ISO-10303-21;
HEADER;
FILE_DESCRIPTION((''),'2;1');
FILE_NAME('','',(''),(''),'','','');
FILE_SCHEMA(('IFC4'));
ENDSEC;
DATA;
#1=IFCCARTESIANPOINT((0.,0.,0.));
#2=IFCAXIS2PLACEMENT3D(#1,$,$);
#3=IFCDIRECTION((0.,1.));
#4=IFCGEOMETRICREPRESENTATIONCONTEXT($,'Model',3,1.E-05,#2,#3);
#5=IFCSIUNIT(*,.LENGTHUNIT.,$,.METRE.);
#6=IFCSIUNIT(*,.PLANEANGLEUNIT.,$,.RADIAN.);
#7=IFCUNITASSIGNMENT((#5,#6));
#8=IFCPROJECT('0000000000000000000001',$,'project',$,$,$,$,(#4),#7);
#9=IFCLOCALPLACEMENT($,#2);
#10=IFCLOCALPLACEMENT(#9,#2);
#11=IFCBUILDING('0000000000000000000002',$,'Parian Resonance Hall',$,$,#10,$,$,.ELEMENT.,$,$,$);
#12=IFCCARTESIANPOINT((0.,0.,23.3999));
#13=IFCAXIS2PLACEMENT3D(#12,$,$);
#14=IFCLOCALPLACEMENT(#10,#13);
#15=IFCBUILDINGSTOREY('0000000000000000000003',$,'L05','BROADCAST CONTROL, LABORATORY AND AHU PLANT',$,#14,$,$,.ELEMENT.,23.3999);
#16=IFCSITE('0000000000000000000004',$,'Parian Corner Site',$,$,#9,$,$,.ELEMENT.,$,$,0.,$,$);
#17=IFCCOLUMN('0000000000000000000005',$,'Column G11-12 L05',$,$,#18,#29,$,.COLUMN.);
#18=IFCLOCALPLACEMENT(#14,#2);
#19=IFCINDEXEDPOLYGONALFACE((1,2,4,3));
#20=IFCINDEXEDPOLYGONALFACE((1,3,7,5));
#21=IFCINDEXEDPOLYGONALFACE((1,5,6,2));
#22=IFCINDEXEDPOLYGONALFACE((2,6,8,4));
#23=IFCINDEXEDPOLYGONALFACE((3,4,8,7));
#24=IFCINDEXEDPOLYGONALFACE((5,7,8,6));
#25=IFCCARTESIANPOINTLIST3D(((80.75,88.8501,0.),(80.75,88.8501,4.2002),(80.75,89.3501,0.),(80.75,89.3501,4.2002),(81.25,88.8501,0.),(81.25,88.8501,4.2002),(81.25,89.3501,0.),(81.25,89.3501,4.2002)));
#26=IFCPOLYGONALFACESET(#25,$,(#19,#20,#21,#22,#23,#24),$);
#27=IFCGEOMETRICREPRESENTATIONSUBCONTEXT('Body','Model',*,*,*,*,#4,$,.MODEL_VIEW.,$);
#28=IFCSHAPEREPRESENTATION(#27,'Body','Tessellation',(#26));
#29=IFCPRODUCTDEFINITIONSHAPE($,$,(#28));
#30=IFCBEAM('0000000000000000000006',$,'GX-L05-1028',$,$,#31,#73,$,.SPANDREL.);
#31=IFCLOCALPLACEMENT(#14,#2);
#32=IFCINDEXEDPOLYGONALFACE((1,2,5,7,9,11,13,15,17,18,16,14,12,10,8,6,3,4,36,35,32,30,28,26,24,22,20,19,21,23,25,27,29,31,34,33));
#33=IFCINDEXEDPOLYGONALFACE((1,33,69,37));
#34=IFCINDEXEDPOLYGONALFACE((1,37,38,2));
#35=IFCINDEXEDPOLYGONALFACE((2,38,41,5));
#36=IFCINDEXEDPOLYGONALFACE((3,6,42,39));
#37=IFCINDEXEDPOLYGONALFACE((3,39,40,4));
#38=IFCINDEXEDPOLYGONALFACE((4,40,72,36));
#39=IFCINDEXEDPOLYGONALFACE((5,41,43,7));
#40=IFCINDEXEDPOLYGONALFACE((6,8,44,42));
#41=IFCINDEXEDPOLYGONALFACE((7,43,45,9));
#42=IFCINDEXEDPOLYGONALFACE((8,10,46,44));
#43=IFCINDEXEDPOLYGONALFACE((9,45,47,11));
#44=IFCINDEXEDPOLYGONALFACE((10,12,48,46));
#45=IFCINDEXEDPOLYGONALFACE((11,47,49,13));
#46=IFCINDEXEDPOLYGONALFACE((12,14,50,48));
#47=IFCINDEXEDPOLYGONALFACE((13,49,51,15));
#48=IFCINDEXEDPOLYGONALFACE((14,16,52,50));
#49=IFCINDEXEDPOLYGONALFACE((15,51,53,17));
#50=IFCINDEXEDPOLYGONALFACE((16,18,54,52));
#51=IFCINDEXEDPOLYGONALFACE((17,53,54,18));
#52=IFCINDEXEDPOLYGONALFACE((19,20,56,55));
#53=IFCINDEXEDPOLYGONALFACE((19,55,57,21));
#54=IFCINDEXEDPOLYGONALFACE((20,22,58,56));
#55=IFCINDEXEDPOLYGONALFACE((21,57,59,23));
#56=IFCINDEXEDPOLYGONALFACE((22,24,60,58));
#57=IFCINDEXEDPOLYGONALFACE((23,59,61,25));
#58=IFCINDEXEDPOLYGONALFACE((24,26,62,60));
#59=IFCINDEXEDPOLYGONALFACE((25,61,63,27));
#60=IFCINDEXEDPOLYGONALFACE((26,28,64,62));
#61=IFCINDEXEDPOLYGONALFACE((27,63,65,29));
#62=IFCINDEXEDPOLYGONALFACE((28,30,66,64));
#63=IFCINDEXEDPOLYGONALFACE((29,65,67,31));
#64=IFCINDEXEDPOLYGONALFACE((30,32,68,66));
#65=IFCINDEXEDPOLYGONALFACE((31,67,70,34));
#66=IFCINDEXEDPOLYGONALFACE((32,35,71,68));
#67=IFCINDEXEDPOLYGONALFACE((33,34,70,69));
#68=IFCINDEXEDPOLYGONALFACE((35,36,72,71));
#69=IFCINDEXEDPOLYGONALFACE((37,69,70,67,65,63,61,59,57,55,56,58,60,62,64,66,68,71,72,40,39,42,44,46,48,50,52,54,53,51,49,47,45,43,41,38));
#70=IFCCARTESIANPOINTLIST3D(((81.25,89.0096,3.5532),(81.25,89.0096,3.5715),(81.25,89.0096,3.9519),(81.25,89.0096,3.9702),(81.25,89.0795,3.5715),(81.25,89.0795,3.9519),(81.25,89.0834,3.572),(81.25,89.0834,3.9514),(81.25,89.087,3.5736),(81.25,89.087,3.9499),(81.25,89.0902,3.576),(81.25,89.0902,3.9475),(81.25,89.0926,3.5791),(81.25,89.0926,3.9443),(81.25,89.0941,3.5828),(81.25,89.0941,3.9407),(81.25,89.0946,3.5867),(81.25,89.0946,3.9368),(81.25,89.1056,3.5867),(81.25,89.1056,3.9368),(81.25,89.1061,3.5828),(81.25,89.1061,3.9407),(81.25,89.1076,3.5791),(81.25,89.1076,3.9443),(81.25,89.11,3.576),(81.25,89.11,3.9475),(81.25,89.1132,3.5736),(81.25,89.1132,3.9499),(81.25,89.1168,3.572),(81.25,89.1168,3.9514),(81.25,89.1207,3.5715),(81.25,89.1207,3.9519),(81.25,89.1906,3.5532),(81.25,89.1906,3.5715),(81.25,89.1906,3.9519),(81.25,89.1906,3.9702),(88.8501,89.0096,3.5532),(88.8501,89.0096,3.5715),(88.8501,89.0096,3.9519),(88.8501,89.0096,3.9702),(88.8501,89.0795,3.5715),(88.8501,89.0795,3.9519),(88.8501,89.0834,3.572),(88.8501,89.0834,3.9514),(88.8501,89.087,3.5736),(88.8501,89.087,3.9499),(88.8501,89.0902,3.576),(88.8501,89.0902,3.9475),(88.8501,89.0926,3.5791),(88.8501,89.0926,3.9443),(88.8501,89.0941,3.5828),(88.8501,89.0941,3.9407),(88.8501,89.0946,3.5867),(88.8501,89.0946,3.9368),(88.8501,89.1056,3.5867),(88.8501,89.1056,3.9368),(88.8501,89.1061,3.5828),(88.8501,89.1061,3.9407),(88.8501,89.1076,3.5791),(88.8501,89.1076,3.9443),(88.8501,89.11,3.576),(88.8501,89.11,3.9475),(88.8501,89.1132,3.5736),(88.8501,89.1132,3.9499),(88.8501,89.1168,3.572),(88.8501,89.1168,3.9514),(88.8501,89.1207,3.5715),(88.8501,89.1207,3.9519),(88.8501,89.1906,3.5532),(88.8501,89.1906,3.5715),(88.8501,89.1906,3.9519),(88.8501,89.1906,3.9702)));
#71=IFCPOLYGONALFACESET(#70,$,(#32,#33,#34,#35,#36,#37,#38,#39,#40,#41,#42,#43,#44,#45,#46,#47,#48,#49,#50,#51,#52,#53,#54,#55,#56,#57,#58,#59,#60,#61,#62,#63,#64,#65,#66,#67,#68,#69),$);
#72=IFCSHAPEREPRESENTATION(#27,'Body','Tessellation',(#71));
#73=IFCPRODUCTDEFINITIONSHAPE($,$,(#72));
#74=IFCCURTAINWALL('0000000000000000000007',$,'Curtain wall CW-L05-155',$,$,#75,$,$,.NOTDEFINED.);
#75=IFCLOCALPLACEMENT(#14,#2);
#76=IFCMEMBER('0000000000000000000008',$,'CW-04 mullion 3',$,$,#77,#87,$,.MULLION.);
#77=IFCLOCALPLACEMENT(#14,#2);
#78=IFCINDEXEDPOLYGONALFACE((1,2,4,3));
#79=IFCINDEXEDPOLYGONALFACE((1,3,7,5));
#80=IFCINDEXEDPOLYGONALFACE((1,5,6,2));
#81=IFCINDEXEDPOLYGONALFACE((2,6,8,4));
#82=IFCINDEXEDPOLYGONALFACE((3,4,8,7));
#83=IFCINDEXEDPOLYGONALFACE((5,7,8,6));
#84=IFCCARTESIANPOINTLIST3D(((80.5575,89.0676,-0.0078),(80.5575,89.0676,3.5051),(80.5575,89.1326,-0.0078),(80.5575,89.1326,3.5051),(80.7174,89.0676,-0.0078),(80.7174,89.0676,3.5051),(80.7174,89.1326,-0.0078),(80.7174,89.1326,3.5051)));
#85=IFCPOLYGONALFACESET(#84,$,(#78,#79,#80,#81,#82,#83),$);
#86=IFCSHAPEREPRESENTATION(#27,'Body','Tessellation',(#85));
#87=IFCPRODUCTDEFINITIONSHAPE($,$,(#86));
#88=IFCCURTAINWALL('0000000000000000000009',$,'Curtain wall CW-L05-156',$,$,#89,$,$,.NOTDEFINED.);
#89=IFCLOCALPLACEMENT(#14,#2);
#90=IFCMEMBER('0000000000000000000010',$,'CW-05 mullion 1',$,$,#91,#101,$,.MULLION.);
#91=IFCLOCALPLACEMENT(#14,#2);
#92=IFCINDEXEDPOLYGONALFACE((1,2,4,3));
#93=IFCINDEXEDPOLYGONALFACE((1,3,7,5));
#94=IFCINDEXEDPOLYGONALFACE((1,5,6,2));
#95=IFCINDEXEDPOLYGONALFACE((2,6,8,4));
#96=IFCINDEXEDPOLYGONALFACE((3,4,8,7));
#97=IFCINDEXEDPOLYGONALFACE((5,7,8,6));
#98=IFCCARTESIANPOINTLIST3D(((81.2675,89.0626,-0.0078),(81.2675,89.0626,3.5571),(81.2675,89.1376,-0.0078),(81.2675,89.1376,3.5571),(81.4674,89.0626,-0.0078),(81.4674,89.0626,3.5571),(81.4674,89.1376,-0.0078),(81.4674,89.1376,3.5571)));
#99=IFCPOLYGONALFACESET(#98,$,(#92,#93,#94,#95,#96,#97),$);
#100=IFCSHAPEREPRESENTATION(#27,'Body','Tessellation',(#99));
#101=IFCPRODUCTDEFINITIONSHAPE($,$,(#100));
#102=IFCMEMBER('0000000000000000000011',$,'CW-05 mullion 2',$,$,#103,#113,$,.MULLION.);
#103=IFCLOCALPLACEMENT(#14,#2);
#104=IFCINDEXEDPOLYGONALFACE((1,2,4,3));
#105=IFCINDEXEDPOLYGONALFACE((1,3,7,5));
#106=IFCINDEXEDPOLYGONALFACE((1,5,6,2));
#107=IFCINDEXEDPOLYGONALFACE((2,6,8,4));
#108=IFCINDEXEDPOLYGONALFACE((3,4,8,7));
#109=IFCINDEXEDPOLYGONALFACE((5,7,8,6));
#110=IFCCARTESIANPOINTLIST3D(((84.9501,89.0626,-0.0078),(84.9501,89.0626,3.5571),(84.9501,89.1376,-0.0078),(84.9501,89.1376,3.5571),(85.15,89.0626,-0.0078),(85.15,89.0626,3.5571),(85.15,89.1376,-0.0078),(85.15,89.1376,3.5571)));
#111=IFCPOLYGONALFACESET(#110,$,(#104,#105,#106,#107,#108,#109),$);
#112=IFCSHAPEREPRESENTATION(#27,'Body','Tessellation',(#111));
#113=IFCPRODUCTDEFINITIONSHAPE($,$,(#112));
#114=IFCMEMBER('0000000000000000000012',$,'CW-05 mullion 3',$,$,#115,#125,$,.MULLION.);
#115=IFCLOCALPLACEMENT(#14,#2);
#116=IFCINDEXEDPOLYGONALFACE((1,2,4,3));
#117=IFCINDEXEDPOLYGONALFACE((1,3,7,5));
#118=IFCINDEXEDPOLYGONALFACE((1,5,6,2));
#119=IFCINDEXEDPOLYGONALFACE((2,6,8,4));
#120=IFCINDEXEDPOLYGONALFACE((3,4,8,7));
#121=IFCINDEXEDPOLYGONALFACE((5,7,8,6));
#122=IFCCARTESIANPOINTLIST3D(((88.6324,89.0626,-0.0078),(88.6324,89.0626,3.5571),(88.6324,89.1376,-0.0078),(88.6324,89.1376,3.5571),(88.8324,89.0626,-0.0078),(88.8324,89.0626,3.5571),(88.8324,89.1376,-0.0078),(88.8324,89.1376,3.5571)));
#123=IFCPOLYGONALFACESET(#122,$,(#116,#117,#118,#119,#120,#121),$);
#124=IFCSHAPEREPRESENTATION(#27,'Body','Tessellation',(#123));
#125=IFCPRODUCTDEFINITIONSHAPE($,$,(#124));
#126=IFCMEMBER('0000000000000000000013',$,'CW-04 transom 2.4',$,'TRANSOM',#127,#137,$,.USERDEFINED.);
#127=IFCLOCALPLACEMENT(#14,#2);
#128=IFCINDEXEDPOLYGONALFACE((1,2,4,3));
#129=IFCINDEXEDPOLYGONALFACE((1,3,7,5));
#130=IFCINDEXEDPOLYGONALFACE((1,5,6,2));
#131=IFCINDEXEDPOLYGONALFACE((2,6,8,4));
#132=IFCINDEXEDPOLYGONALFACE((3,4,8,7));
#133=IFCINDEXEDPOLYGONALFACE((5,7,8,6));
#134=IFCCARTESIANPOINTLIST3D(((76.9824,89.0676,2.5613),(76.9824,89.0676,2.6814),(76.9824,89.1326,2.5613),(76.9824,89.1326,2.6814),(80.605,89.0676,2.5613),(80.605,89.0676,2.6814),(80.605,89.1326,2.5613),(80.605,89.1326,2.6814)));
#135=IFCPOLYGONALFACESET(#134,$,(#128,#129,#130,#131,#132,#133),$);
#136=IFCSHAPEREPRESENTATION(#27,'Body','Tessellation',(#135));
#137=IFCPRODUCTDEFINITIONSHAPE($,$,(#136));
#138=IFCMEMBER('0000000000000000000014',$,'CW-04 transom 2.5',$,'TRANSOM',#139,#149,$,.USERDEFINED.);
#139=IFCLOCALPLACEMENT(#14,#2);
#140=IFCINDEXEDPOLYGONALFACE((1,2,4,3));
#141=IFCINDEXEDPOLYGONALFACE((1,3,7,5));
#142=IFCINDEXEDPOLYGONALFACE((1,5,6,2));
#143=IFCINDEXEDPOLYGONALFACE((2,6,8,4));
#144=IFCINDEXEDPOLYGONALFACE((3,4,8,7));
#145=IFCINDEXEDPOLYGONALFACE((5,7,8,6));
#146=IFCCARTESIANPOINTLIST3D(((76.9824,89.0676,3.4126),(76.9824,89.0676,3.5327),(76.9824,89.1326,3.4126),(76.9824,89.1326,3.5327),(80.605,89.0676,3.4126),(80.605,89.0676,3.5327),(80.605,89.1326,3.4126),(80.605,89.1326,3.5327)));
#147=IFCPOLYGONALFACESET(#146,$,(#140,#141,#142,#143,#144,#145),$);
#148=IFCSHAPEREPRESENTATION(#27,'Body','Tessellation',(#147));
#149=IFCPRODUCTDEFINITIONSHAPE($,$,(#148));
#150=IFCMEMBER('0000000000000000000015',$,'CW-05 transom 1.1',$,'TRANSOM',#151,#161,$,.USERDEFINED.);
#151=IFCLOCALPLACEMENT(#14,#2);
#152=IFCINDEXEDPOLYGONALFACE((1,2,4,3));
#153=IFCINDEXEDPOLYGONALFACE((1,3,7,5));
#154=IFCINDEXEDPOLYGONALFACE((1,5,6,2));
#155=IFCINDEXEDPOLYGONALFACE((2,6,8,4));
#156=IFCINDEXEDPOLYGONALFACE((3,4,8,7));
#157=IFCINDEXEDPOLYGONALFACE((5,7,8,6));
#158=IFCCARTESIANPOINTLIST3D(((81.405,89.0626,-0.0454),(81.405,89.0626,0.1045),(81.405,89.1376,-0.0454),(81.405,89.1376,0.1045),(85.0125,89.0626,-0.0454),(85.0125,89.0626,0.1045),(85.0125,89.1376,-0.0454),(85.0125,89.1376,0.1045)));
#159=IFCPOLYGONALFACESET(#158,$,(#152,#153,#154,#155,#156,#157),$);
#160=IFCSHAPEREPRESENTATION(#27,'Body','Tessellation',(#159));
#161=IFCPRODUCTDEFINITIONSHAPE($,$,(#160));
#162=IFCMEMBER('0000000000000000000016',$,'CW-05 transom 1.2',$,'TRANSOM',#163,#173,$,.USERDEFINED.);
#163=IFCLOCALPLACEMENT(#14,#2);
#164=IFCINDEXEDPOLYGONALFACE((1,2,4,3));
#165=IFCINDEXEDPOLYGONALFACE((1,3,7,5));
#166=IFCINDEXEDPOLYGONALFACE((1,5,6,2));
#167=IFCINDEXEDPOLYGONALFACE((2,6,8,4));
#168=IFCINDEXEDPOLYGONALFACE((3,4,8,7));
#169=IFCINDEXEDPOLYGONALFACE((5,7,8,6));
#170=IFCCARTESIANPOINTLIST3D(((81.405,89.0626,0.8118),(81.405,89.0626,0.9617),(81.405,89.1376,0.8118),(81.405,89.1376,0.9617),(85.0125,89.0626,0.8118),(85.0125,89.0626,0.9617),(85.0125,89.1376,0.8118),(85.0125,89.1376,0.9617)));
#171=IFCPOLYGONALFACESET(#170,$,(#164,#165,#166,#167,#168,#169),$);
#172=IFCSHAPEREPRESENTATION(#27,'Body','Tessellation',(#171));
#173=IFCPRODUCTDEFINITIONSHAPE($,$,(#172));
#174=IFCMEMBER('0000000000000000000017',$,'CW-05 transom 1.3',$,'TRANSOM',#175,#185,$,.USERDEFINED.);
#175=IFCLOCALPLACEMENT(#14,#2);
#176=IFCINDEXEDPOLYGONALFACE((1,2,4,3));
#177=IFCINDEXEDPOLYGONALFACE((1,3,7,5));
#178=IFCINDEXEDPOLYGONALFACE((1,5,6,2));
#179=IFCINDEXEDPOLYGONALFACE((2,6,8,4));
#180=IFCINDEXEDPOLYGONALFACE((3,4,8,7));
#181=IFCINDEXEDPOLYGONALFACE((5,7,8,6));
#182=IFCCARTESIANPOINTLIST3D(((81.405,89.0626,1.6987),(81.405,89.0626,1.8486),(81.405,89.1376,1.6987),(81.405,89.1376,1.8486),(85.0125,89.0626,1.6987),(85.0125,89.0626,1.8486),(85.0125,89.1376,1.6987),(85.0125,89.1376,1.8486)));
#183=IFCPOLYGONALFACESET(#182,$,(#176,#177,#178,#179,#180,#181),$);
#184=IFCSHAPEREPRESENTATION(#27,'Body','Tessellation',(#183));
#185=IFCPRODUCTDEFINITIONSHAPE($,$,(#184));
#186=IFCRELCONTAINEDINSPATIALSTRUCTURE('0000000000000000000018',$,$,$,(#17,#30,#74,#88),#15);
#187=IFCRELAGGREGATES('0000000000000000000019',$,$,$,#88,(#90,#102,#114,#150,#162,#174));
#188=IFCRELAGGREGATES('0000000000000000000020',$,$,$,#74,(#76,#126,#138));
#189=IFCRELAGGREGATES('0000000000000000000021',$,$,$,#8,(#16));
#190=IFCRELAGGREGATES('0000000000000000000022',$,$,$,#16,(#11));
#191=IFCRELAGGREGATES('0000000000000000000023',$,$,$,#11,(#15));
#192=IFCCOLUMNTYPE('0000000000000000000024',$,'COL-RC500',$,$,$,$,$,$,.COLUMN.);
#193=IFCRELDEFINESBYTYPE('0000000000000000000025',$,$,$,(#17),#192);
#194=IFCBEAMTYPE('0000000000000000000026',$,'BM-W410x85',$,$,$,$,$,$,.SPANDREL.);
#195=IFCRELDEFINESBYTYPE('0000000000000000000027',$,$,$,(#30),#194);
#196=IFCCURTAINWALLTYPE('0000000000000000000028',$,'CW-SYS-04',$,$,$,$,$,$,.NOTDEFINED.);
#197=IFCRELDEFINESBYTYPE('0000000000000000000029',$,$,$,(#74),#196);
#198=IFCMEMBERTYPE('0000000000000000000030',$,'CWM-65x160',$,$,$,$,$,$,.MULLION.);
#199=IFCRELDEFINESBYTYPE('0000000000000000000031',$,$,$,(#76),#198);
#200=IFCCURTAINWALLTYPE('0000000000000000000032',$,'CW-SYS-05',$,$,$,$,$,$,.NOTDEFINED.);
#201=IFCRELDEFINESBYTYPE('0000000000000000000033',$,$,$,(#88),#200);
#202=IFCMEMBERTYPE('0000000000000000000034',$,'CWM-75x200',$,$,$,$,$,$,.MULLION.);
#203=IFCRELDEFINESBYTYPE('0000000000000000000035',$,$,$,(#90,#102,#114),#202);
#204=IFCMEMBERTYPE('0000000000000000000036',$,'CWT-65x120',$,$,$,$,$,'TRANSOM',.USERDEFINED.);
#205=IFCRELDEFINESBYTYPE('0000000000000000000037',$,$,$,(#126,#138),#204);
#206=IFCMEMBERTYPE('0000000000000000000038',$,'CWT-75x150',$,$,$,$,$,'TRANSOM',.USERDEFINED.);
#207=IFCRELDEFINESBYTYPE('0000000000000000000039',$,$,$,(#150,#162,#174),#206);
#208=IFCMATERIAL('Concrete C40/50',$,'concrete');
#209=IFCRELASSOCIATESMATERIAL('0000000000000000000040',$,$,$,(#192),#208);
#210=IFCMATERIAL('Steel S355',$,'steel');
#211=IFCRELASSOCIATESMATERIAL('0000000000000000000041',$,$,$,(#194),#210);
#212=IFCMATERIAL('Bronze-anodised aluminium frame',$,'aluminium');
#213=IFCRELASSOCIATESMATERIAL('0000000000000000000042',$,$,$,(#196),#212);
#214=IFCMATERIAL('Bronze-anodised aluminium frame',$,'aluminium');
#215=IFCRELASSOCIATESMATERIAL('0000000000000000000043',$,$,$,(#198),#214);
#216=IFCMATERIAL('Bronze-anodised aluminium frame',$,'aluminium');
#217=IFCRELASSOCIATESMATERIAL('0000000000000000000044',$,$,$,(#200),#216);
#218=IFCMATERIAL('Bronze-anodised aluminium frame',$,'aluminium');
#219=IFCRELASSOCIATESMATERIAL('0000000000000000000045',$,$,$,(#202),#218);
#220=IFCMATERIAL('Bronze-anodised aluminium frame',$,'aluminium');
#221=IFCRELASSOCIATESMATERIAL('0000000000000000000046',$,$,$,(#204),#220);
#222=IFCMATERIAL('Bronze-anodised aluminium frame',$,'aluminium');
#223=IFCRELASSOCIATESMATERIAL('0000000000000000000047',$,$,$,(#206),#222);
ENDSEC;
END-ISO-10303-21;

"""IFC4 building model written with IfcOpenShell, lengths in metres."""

from ifc_helpers import new_model, si_unit, direction, frame, origin, origin_2d, place, context, subcontext, project, spatial, rectangle, i_section, extrude, material, material_profile, profile_set, type_object, element, aggregate, save


model = new_model("IFC4")

# Units and contexts
model_context = context("Model", 3, precision=1e-05, world=origin(), true_north=direction((0.0, 1.0)))
body_context = subcontext(model_context, "Body", "Model", "MODEL_VIEW")
ifc_project = project(units=[si_unit("LENGTHUNIT", "METRE"), si_unit("PLANEANGLEUNIT", "RADIAN")], contexts=[model_context])

# Site, building, storey
site_placement = place(None, origin())
site = spatial("IfcSite", under=ifc_project, at=site_placement, Name="Parian Corner Site", CompositionType="ELEMENT", RefElevation=0.0)
building_placement = place(site_placement, origin())
building = spatial("IfcBuilding", under=site, at=building_placement, Name="Parian Resonance Hall", CompositionType="ELEMENT")
storey_placement = place(building_placement, frame((0.0, 0.0, 23.3999)))
storey = spatial("IfcBuildingStorey", under=building, at=storey_placement, Name="L05", Description="BROADCAST CONTROL, LABORATORY AND AHU PLANT", CompositionType="ELEMENT", Elevation=23.3999)

# Column
ifc_material_1 = material(Name="Concrete C40/50", Category="concrete")
ifc_material_profile_1 = material_profile(ifc_material_1, rectangle(XDim=0.5, YDim=0.5, at=origin_2d()), Name="RC-COL-500x500")
ifc_profile_set_1 = profile_set([ifc_material_profile_1], Name="Concrete C40/50")
column_type = type_object("IfcColumnType", Name="COL-RC500", PredefinedType="COLUMN", material=ifc_profile_set_1)
column_placement = place(storey_placement, frame((81.0, 89.1001, 0.0), z_axis=(0.0, 0.0, 1.0), x_axis=(1.0, 0.0, 0.0)))
element("IfcColumn", 1, at=column_placement, inside=storey, type_object=column_type, Name="Column G11-12 L05", PredefinedType="COLUMN", context=body_context, shape_type="SweptSolid", body=[
    extrude(rectangle(XDim=0.5, YDim=0.5, at=origin_2d()), origin(), (0.0, 0.0, 1.0), 4.2002),
])

# Beam
ifc_material_2 = material(Name="Steel S355", Category="steel")
ifc_material_profile_2 = material_profile(ifc_material_2, i_section(OverallWidth=0.1809, OverallDepth=0.417, WebThickness=0.011, FlangeThickness=0.0183, FilletRadius=0.0151, at=origin_2d()), Name="W410x85")
ifc_profile_set_2 = profile_set([ifc_material_profile_2], Name="Steel S355")
beam_type = type_object("IfcBeamType", Name="BM-W410x85", PredefinedType="SPANDREL", material=ifc_profile_set_2)
beam_placement = place(storey_placement, frame((81.25, 89.1001, 3.7617), z_axis=(1.0, 0.0, 0.0), x_axis=(0.0, 1.0, 0.0)))
element("IfcBeam", 2, at=beam_placement, inside=storey, type_object=beam_type, Name="GX-L05-1028", PredefinedType="SPANDREL", context=body_context, shape_type="SweptSolid", body=[
    extrude(i_section(OverallWidth=0.1809, OverallDepth=0.417, WebThickness=0.011, FlangeThickness=0.0183, FilletRadius=0.0151, at=origin_2d()), origin(), (0.0, 0.0, 1.0), 7.6001),
])

# Curtain wall, member
ifc_material_3 = material(Name="Bronze-anodised aluminium frame", Category="aluminium")
curtain_wall_type_1 = type_object("IfcCurtainWallType", Name="CW-SYS-04", PredefinedType="NOTDEFINED", material=ifc_material_3)
curtain_wall_1_placement = place(storey_placement, origin())
curtain_wall_1 = element("IfcCurtainWall", 3, at=curtain_wall_1_placement, inside=storey, type_object=curtain_wall_type_1, Name="Curtain wall CW-L05-155", PredefinedType="NOTDEFINED")
ifc_material_4 = material(Name="Bronze-anodised aluminium frame", Category="aluminium")
ifc_material_profile_3 = material_profile(ifc_material_4, rectangle(XDim=0.0649, YDim=0.1599, at=origin_2d()), Name="CWM-65x160")
ifc_profile_set_3 = profile_set([ifc_material_profile_3], Name="Bronze-anodised aluminium frame")
member_type_1 = type_object("IfcMemberType", Name="CWM-65x160", PredefinedType="MULLION", material=ifc_profile_set_3)
member_1_placement = place(storey_placement, frame((80.6375, 89.1001, -0.0078), z_axis=(0.0, 0.0, 1.0), x_axis=(0.0, 1.0, 0.0)))
member_1 = element("IfcMember", 4, at=member_1_placement, type_object=member_type_1, Name="CW-04 mullion 3", PredefinedType="MULLION", context=body_context, shape_type="SweptSolid", body=[
    extrude(rectangle(XDim=0.0649, YDim=0.1599, at=origin_2d()), origin(), (0.0, 0.0, 1.0), 3.5129),
])

# Curtain wall, members
ifc_material_5 = material(Name="Bronze-anodised aluminium frame", Category="aluminium")
curtain_wall_type_2 = type_object("IfcCurtainWallType", Name="CW-SYS-05", PredefinedType="NOTDEFINED", material=ifc_material_5)
curtain_wall_2_placement = place(storey_placement, origin())
curtain_wall_2 = element("IfcCurtainWall", 5, at=curtain_wall_2_placement, inside=storey, type_object=curtain_wall_type_2, Name="Curtain wall CW-L05-156", PredefinedType="NOTDEFINED")
ifc_material_6 = material(Name="Bronze-anodised aluminium frame", Category="aluminium")
ifc_material_profile_4 = material_profile(ifc_material_6, rectangle(XDim=0.075, YDim=0.2, at=origin_2d()), Name="CWM-75x200")
ifc_profile_set_4 = profile_set([ifc_material_profile_4], Name="Bronze-anodised aluminium frame")
member_type_2 = type_object("IfcMemberType", Name="CWM-75x200", PredefinedType="MULLION", material=ifc_profile_set_4)
member_2_placement = place(storey_placement, frame((81.3674, 89.1001, -0.0078), z_axis=(0.0, 0.0, 1.0), x_axis=(0.0, 1.0, 0.0)))
member_2 = element("IfcMember", 6, at=member_2_placement, type_object=member_type_2, Name="CW-05 mullion 1", PredefinedType="MULLION", context=body_context, shape_type="SweptSolid", body=[
    extrude(rectangle(XDim=0.075, YDim=0.2, at=origin_2d()), origin(), (0.0, 0.0, 1.0), 3.5649),
])
member_3_placement = place(storey_placement, frame((85.05, 89.1001, -0.0078), z_axis=(0.0, 0.0, 1.0), x_axis=(0.0, 1.0, 0.0)))
member_3 = element("IfcMember", 7, at=member_3_placement, type_object=member_type_2, Name="CW-05 mullion 2", PredefinedType="MULLION", context=body_context, shape_type="SweptSolid", body=[
    extrude(rectangle(XDim=0.075, YDim=0.2, at=origin_2d()), origin(), (0.0, 0.0, 1.0), 3.5649),
])
member_4_placement = place(storey_placement, frame((88.7324, 89.1001, -0.0078), z_axis=(0.0, 0.0, 1.0), x_axis=(0.0, 1.0, 0.0)))
member_4 = element("IfcMember", 8, at=member_4_placement, type_object=member_type_2, Name="CW-05 mullion 3", PredefinedType="MULLION", context=body_context, shape_type="SweptSolid", body=[
    extrude(rectangle(XDim=0.075, YDim=0.2, at=origin_2d()), origin(), (0.0, 0.0, 1.0), 3.5649),
])

# Members
ifc_material_7 = material(Name="Bronze-anodised aluminium frame", Category="aluminium")
ifc_material_profile_5 = material_profile(ifc_material_7, rectangle(XDim=0.0649, YDim=0.1201, at=origin_2d()), Name="CWT-65x120")
ifc_profile_set_5 = profile_set([ifc_material_profile_5], Name="Bronze-anodised aluminium frame")
member_type_3 = type_object("IfcMemberType", Name="CWT-65x120", ElementType="TRANSOM", PredefinedType="USERDEFINED", material=ifc_profile_set_5)
member_5_placement = place(storey_placement, frame((76.9824, 89.1001, 2.6213), z_axis=(1.0, 0.0, 0.0), x_axis=(0.0, 1.0, 0.0)))
member_5 = element("IfcMember", 9, at=member_5_placement, type_object=member_type_3, Name="CW-04 transom 2.4", ObjectType="TRANSOM", PredefinedType="USERDEFINED", context=body_context, shape_type="SweptSolid", body=[
    extrude(rectangle(XDim=0.0649, YDim=0.1201, at=origin_2d()), origin(), (0.0, 0.0, 1.0), 3.6226),
])
member_6_placement = place(storey_placement, frame((76.9824, 89.1001, 3.4727), z_axis=(1.0, 0.0, 0.0), x_axis=(0.0, 1.0, 0.0)))
member_6 = element("IfcMember", 10, at=member_6_placement, type_object=member_type_3, Name="CW-04 transom 2.5", ObjectType="TRANSOM", PredefinedType="USERDEFINED", context=body_context, shape_type="SweptSolid", body=[
    extrude(rectangle(XDim=0.0649, YDim=0.1201, at=origin_2d()), origin(), (0.0, 0.0, 1.0), 3.6226),
])
ifc_material_8 = material(Name="Bronze-anodised aluminium frame", Category="aluminium")
ifc_material_profile_6 = material_profile(ifc_material_8, rectangle(XDim=0.075, YDim=0.1499, at=origin_2d()), Name="CWT-75x150")
ifc_profile_set_6 = profile_set([ifc_material_profile_6], Name="Bronze-anodised aluminium frame")
member_type_4 = type_object("IfcMemberType", Name="CWT-75x150", ElementType="TRANSOM", PredefinedType="USERDEFINED", material=ifc_profile_set_6)
member_7_placement = place(storey_placement, frame((81.405, 89.1001, 0.0295), z_axis=(1.0, 0.0, 0.0), x_axis=(0.0, 1.0, 0.0)))
member_7 = element("IfcMember", 11, at=member_7_placement, type_object=member_type_4, Name="CW-05 transom 1.1", ObjectType="TRANSOM", PredefinedType="USERDEFINED", context=body_context, shape_type="SweptSolid", body=[
    extrude(rectangle(XDim=0.075, YDim=0.1499, at=origin_2d()), origin(), (0.0, 0.0, 1.0), 3.6074),
])
member_8_placement = place(storey_placement, frame((81.405, 89.1001, 0.8867), z_axis=(1.0, 0.0, 0.0), x_axis=(0.0, 1.0, 0.0)))
member_8 = element("IfcMember", 12, at=member_8_placement, type_object=member_type_4, Name="CW-05 transom 1.2", ObjectType="TRANSOM", PredefinedType="USERDEFINED", context=body_context, shape_type="SweptSolid", body=[
    extrude(rectangle(XDim=0.075, YDim=0.1499, at=origin_2d()), origin(), (0.0, 0.0, 1.0), 3.6074),
])
member_9_placement = place(storey_placement, frame((81.405, 89.1001, 1.7737), z_axis=(1.0, 0.0, 0.0), x_axis=(0.0, 1.0, 0.0)))
member_9 = element("IfcMember", 13, at=member_9_placement, type_object=member_type_4, Name="CW-05 transom 1.3", ObjectType="TRANSOM", PredefinedType="USERDEFINED", context=body_context, shape_type="SweptSolid", body=[
    extrude(rectangle(XDim=0.075, YDim=0.1499, at=origin_2d()), origin(), (0.0, 0.0, 1.0), 3.6074),
])

aggregate(curtain_wall_2, [member_2, member_3, member_4, member_7, member_8, member_9])
aggregate(curtain_wall_1, [member_1, member_5, member_6])

save(model, "model.ifc")
